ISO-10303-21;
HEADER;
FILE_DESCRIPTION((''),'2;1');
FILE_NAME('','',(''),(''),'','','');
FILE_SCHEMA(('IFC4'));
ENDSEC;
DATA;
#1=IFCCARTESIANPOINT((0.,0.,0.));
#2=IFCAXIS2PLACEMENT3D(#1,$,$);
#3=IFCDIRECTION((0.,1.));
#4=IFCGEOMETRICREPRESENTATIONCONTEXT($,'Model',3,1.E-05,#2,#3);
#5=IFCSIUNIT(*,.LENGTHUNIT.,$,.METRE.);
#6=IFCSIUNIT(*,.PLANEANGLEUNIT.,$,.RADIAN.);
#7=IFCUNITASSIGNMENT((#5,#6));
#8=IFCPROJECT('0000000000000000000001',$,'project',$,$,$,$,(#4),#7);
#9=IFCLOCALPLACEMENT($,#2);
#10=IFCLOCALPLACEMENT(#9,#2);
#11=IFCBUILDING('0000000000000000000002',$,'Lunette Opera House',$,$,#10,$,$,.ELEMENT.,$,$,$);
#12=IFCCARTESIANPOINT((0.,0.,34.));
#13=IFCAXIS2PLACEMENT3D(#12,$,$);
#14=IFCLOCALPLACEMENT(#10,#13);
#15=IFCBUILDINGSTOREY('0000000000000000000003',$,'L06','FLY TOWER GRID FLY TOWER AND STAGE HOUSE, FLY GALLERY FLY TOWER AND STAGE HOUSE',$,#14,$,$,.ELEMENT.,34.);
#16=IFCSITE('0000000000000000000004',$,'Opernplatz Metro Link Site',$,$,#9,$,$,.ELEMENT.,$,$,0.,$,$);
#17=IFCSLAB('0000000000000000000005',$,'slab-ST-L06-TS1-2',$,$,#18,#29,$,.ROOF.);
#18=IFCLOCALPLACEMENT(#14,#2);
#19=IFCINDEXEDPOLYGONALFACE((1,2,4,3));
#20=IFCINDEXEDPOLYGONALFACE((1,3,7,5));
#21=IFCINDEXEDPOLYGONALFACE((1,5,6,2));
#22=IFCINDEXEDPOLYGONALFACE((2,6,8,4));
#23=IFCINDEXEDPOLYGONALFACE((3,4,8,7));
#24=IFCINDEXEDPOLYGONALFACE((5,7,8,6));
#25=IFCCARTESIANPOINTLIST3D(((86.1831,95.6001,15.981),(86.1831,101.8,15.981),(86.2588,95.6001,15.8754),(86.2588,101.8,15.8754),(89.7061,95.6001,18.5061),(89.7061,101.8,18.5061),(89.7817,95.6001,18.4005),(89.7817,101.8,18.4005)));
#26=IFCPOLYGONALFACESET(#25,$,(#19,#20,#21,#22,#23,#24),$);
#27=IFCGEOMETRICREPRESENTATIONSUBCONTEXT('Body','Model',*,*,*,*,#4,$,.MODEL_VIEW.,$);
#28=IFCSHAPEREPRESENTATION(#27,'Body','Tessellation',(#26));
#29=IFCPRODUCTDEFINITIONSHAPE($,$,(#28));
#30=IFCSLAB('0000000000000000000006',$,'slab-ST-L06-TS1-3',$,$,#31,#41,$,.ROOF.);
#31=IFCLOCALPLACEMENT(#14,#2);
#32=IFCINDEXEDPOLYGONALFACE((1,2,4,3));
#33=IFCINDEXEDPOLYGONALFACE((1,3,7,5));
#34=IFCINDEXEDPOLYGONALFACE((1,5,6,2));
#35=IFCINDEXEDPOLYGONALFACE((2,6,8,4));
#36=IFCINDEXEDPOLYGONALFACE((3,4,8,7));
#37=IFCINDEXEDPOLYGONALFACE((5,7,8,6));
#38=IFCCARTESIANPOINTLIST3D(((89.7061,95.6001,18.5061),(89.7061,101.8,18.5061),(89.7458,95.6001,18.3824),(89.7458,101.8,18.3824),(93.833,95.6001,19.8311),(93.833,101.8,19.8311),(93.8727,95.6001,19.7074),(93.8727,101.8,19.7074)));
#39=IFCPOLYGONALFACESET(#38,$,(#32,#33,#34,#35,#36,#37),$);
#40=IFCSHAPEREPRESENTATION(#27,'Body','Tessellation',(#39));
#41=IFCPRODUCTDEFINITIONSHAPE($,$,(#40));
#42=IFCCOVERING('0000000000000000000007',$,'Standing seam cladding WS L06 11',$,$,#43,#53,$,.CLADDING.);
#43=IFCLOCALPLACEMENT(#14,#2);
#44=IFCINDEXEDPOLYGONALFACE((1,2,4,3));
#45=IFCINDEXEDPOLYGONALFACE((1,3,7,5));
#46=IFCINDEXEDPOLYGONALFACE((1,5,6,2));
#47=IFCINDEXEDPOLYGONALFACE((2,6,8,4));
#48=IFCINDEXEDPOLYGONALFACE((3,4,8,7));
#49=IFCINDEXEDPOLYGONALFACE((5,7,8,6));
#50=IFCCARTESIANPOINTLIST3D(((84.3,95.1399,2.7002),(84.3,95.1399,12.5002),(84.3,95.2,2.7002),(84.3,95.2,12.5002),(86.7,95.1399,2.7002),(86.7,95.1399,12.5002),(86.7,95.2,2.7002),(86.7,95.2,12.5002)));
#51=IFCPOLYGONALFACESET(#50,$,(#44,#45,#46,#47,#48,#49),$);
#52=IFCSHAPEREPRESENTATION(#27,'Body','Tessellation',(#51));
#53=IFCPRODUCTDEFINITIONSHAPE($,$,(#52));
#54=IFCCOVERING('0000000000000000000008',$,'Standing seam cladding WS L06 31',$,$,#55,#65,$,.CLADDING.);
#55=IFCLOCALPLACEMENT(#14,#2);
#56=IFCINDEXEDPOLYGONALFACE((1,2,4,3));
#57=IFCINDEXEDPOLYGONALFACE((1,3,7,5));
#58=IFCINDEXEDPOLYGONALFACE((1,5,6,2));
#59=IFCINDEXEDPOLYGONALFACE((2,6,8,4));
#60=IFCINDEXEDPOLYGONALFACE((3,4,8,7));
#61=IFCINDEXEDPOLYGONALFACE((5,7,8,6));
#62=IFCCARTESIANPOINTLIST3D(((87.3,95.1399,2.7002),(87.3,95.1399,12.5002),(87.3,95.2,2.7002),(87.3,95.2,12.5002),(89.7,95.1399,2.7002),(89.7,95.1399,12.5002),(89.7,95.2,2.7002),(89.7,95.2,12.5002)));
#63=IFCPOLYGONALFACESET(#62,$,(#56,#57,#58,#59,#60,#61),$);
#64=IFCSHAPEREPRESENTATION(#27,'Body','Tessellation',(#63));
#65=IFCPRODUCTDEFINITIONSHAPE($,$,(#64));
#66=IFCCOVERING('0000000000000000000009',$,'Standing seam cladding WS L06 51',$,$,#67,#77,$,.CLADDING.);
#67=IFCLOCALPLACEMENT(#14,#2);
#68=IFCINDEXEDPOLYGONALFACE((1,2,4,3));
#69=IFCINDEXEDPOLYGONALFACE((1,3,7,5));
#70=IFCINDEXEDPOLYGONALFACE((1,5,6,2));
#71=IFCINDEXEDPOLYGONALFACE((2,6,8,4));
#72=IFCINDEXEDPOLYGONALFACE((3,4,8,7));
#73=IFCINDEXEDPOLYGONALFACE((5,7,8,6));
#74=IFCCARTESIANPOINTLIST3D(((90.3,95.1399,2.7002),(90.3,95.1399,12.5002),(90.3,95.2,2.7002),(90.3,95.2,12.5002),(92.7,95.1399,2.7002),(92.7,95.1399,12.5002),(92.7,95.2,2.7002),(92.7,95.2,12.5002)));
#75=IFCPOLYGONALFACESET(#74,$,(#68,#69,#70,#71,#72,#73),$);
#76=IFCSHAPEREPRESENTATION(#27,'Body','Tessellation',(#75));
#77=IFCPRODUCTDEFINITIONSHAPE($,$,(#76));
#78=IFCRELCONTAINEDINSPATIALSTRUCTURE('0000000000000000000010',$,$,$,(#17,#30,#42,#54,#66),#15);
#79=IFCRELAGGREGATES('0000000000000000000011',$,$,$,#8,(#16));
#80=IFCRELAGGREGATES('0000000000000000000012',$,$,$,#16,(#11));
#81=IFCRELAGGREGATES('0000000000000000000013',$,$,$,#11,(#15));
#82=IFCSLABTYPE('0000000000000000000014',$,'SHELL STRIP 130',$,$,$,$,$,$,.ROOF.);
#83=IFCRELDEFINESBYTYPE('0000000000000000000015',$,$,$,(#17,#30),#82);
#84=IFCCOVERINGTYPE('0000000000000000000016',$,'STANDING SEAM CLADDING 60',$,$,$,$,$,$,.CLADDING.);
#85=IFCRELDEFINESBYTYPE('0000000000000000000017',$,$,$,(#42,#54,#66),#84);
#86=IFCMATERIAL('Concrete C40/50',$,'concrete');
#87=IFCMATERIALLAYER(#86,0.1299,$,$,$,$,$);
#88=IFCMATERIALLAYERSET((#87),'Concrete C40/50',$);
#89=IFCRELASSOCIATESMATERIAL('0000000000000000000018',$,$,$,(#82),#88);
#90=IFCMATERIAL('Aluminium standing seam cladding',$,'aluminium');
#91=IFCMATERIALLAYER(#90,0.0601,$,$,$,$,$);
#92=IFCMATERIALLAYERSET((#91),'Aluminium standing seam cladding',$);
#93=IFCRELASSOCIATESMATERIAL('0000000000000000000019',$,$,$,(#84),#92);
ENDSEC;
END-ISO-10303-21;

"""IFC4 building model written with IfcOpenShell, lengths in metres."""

from ifc_helpers import new_model, si_unit, direction, frame, origin, origin_2d, place, context, subcontext, project, spatial, polyline, rectangle, outline, extrude, material, layer, layer_set, type_object, element, save


model = new_model("IFC4")

# Units and contexts
model_context = context("Model", 3, precision=1e-05, world=origin(), true_north=direction((0.0, 1.0)))
body_context = subcontext(model_context, "Body", "Model", "MODEL_VIEW")
ifc_project = project(units=[si_unit("LENGTHUNIT", "METRE"), si_unit("PLANEANGLEUNIT", "RADIAN")], contexts=[model_context])

# Site, building, storey
site_placement = place(None, origin())
site = spatial("IfcSite", under=ifc_project, at=site_placement, Name="Opernplatz Metro Link Site", CompositionType="ELEMENT", RefElevation=0.0)
building_placement = place(site_placement, origin())
building = spatial("IfcBuilding", under=site, at=building_placement, Name="Lunette Opera House", CompositionType="ELEMENT")
storey_placement = place(building_placement, frame((0.0, 0.0, 34.0)))
storey = spatial("IfcBuildingStorey", under=building, at=storey_placement, Name="L06", Description="FLY TOWER GRID FLY TOWER AND STAGE HOUSE, FLY GALLERY FLY TOWER AND STAGE HOUSE", CompositionType="ELEMENT", Elevation=34.0)

# Slabs
ifc_material_1 = material(Name="Concrete C40/50", Category="concrete")
ifc_layer_1 = layer(ifc_material_1, 0.1299)
ifc_layer_set_1 = layer_set([ifc_layer_1], Name="Concrete C40/50")
slab_type = type_object("IfcSlabType", Name="SHELL STRIP 130", PredefinedType="ROOF", material=ifc_layer_set_1)
slab_1_placement = place(storey_placement, frame((86.1831, 95.6001, 15.981), z_axis=(-0.582575, 0.0, 0.812777), x_axis=(0.812777, 0.0, 0.582575)))
element("IfcSlab", 1, at=slab_1_placement, inside=storey, type_object=slab_type, Name="slab-ST-L06-TS1-2", PredefinedType="ROOF", context=body_context, shape_type="SweptSolid", body=[
    extrude(outline(polyline([(0.0, 0.0), (4.3345, 0.0), (4.3345, 6.2), (0.0, 6.2), (0.0, 0.0)])), origin(), (0.0, 0.0, -1.0), 0.1299),
])
slab_2_placement = place(storey_placement, frame((89.7061, 95.6001, 18.5061), z_axis=(-0.305681, 0.0, 0.952134), x_axis=(0.952134, 0.0, 0.305681)))
element("IfcSlab", 2, at=slab_2_placement, inside=storey, type_object=slab_type, Name="slab-ST-L06-TS1-3", PredefinedType="ROOF", context=body_context, shape_type="SweptSolid", body=[
    extrude(outline(polyline([(0.0, 0.0), (4.3344, 0.0), (4.3344, 6.2), (0.0, 6.2), (0.0, 0.0)])), origin(), (0.0, 0.0, -1.0), 0.1299),
])

# Coverings
ifc_material_2 = material(Name="Aluminium standing seam cladding", Category="aluminium")
ifc_layer_2 = layer(ifc_material_2, 0.0601)
ifc_layer_set_2 = layer_set([ifc_layer_2], Name="Aluminium standing seam cladding")
covering_type = type_object("IfcCoveringType", Name="STANDING SEAM CLADDING 60", PredefinedType="CLADDING", material=ifc_layer_set_2)
for number, where, z_axis, x_axis, name in (
    (3, (85.5, 95.1699, 2.7002), (0.0, 0.0, 1.0), (1.0, 0.0, 0.0), "Standing seam cladding WS L06 11"),
    (4, (88.5, 95.1699, 2.7002), (0.0, 0.0, 1.0), (1.0, 0.0, 0.0), "Standing seam cladding WS L06 31"),
    (5, (91.5, 95.1699, 2.7002), (0.0, 0.0, 1.0), (1.0, 0.0, 0.0), "Standing seam cladding WS L06 51"),
):
    element("IfcCovering", number, at=place(storey_placement, frame(where, z_axis=z_axis, x_axis=x_axis)), inside=storey, type_object=covering_type, Name=name, PredefinedType="CLADDING", context=body_context, shape_type="SweptSolid", body=[
        extrude(rectangle(XDim=2.3999, YDim=0.0601, at=origin_2d()), origin(), (0.0, 0.0, 1.0), 9.8),
    ])

save(model, "model.ifc")
